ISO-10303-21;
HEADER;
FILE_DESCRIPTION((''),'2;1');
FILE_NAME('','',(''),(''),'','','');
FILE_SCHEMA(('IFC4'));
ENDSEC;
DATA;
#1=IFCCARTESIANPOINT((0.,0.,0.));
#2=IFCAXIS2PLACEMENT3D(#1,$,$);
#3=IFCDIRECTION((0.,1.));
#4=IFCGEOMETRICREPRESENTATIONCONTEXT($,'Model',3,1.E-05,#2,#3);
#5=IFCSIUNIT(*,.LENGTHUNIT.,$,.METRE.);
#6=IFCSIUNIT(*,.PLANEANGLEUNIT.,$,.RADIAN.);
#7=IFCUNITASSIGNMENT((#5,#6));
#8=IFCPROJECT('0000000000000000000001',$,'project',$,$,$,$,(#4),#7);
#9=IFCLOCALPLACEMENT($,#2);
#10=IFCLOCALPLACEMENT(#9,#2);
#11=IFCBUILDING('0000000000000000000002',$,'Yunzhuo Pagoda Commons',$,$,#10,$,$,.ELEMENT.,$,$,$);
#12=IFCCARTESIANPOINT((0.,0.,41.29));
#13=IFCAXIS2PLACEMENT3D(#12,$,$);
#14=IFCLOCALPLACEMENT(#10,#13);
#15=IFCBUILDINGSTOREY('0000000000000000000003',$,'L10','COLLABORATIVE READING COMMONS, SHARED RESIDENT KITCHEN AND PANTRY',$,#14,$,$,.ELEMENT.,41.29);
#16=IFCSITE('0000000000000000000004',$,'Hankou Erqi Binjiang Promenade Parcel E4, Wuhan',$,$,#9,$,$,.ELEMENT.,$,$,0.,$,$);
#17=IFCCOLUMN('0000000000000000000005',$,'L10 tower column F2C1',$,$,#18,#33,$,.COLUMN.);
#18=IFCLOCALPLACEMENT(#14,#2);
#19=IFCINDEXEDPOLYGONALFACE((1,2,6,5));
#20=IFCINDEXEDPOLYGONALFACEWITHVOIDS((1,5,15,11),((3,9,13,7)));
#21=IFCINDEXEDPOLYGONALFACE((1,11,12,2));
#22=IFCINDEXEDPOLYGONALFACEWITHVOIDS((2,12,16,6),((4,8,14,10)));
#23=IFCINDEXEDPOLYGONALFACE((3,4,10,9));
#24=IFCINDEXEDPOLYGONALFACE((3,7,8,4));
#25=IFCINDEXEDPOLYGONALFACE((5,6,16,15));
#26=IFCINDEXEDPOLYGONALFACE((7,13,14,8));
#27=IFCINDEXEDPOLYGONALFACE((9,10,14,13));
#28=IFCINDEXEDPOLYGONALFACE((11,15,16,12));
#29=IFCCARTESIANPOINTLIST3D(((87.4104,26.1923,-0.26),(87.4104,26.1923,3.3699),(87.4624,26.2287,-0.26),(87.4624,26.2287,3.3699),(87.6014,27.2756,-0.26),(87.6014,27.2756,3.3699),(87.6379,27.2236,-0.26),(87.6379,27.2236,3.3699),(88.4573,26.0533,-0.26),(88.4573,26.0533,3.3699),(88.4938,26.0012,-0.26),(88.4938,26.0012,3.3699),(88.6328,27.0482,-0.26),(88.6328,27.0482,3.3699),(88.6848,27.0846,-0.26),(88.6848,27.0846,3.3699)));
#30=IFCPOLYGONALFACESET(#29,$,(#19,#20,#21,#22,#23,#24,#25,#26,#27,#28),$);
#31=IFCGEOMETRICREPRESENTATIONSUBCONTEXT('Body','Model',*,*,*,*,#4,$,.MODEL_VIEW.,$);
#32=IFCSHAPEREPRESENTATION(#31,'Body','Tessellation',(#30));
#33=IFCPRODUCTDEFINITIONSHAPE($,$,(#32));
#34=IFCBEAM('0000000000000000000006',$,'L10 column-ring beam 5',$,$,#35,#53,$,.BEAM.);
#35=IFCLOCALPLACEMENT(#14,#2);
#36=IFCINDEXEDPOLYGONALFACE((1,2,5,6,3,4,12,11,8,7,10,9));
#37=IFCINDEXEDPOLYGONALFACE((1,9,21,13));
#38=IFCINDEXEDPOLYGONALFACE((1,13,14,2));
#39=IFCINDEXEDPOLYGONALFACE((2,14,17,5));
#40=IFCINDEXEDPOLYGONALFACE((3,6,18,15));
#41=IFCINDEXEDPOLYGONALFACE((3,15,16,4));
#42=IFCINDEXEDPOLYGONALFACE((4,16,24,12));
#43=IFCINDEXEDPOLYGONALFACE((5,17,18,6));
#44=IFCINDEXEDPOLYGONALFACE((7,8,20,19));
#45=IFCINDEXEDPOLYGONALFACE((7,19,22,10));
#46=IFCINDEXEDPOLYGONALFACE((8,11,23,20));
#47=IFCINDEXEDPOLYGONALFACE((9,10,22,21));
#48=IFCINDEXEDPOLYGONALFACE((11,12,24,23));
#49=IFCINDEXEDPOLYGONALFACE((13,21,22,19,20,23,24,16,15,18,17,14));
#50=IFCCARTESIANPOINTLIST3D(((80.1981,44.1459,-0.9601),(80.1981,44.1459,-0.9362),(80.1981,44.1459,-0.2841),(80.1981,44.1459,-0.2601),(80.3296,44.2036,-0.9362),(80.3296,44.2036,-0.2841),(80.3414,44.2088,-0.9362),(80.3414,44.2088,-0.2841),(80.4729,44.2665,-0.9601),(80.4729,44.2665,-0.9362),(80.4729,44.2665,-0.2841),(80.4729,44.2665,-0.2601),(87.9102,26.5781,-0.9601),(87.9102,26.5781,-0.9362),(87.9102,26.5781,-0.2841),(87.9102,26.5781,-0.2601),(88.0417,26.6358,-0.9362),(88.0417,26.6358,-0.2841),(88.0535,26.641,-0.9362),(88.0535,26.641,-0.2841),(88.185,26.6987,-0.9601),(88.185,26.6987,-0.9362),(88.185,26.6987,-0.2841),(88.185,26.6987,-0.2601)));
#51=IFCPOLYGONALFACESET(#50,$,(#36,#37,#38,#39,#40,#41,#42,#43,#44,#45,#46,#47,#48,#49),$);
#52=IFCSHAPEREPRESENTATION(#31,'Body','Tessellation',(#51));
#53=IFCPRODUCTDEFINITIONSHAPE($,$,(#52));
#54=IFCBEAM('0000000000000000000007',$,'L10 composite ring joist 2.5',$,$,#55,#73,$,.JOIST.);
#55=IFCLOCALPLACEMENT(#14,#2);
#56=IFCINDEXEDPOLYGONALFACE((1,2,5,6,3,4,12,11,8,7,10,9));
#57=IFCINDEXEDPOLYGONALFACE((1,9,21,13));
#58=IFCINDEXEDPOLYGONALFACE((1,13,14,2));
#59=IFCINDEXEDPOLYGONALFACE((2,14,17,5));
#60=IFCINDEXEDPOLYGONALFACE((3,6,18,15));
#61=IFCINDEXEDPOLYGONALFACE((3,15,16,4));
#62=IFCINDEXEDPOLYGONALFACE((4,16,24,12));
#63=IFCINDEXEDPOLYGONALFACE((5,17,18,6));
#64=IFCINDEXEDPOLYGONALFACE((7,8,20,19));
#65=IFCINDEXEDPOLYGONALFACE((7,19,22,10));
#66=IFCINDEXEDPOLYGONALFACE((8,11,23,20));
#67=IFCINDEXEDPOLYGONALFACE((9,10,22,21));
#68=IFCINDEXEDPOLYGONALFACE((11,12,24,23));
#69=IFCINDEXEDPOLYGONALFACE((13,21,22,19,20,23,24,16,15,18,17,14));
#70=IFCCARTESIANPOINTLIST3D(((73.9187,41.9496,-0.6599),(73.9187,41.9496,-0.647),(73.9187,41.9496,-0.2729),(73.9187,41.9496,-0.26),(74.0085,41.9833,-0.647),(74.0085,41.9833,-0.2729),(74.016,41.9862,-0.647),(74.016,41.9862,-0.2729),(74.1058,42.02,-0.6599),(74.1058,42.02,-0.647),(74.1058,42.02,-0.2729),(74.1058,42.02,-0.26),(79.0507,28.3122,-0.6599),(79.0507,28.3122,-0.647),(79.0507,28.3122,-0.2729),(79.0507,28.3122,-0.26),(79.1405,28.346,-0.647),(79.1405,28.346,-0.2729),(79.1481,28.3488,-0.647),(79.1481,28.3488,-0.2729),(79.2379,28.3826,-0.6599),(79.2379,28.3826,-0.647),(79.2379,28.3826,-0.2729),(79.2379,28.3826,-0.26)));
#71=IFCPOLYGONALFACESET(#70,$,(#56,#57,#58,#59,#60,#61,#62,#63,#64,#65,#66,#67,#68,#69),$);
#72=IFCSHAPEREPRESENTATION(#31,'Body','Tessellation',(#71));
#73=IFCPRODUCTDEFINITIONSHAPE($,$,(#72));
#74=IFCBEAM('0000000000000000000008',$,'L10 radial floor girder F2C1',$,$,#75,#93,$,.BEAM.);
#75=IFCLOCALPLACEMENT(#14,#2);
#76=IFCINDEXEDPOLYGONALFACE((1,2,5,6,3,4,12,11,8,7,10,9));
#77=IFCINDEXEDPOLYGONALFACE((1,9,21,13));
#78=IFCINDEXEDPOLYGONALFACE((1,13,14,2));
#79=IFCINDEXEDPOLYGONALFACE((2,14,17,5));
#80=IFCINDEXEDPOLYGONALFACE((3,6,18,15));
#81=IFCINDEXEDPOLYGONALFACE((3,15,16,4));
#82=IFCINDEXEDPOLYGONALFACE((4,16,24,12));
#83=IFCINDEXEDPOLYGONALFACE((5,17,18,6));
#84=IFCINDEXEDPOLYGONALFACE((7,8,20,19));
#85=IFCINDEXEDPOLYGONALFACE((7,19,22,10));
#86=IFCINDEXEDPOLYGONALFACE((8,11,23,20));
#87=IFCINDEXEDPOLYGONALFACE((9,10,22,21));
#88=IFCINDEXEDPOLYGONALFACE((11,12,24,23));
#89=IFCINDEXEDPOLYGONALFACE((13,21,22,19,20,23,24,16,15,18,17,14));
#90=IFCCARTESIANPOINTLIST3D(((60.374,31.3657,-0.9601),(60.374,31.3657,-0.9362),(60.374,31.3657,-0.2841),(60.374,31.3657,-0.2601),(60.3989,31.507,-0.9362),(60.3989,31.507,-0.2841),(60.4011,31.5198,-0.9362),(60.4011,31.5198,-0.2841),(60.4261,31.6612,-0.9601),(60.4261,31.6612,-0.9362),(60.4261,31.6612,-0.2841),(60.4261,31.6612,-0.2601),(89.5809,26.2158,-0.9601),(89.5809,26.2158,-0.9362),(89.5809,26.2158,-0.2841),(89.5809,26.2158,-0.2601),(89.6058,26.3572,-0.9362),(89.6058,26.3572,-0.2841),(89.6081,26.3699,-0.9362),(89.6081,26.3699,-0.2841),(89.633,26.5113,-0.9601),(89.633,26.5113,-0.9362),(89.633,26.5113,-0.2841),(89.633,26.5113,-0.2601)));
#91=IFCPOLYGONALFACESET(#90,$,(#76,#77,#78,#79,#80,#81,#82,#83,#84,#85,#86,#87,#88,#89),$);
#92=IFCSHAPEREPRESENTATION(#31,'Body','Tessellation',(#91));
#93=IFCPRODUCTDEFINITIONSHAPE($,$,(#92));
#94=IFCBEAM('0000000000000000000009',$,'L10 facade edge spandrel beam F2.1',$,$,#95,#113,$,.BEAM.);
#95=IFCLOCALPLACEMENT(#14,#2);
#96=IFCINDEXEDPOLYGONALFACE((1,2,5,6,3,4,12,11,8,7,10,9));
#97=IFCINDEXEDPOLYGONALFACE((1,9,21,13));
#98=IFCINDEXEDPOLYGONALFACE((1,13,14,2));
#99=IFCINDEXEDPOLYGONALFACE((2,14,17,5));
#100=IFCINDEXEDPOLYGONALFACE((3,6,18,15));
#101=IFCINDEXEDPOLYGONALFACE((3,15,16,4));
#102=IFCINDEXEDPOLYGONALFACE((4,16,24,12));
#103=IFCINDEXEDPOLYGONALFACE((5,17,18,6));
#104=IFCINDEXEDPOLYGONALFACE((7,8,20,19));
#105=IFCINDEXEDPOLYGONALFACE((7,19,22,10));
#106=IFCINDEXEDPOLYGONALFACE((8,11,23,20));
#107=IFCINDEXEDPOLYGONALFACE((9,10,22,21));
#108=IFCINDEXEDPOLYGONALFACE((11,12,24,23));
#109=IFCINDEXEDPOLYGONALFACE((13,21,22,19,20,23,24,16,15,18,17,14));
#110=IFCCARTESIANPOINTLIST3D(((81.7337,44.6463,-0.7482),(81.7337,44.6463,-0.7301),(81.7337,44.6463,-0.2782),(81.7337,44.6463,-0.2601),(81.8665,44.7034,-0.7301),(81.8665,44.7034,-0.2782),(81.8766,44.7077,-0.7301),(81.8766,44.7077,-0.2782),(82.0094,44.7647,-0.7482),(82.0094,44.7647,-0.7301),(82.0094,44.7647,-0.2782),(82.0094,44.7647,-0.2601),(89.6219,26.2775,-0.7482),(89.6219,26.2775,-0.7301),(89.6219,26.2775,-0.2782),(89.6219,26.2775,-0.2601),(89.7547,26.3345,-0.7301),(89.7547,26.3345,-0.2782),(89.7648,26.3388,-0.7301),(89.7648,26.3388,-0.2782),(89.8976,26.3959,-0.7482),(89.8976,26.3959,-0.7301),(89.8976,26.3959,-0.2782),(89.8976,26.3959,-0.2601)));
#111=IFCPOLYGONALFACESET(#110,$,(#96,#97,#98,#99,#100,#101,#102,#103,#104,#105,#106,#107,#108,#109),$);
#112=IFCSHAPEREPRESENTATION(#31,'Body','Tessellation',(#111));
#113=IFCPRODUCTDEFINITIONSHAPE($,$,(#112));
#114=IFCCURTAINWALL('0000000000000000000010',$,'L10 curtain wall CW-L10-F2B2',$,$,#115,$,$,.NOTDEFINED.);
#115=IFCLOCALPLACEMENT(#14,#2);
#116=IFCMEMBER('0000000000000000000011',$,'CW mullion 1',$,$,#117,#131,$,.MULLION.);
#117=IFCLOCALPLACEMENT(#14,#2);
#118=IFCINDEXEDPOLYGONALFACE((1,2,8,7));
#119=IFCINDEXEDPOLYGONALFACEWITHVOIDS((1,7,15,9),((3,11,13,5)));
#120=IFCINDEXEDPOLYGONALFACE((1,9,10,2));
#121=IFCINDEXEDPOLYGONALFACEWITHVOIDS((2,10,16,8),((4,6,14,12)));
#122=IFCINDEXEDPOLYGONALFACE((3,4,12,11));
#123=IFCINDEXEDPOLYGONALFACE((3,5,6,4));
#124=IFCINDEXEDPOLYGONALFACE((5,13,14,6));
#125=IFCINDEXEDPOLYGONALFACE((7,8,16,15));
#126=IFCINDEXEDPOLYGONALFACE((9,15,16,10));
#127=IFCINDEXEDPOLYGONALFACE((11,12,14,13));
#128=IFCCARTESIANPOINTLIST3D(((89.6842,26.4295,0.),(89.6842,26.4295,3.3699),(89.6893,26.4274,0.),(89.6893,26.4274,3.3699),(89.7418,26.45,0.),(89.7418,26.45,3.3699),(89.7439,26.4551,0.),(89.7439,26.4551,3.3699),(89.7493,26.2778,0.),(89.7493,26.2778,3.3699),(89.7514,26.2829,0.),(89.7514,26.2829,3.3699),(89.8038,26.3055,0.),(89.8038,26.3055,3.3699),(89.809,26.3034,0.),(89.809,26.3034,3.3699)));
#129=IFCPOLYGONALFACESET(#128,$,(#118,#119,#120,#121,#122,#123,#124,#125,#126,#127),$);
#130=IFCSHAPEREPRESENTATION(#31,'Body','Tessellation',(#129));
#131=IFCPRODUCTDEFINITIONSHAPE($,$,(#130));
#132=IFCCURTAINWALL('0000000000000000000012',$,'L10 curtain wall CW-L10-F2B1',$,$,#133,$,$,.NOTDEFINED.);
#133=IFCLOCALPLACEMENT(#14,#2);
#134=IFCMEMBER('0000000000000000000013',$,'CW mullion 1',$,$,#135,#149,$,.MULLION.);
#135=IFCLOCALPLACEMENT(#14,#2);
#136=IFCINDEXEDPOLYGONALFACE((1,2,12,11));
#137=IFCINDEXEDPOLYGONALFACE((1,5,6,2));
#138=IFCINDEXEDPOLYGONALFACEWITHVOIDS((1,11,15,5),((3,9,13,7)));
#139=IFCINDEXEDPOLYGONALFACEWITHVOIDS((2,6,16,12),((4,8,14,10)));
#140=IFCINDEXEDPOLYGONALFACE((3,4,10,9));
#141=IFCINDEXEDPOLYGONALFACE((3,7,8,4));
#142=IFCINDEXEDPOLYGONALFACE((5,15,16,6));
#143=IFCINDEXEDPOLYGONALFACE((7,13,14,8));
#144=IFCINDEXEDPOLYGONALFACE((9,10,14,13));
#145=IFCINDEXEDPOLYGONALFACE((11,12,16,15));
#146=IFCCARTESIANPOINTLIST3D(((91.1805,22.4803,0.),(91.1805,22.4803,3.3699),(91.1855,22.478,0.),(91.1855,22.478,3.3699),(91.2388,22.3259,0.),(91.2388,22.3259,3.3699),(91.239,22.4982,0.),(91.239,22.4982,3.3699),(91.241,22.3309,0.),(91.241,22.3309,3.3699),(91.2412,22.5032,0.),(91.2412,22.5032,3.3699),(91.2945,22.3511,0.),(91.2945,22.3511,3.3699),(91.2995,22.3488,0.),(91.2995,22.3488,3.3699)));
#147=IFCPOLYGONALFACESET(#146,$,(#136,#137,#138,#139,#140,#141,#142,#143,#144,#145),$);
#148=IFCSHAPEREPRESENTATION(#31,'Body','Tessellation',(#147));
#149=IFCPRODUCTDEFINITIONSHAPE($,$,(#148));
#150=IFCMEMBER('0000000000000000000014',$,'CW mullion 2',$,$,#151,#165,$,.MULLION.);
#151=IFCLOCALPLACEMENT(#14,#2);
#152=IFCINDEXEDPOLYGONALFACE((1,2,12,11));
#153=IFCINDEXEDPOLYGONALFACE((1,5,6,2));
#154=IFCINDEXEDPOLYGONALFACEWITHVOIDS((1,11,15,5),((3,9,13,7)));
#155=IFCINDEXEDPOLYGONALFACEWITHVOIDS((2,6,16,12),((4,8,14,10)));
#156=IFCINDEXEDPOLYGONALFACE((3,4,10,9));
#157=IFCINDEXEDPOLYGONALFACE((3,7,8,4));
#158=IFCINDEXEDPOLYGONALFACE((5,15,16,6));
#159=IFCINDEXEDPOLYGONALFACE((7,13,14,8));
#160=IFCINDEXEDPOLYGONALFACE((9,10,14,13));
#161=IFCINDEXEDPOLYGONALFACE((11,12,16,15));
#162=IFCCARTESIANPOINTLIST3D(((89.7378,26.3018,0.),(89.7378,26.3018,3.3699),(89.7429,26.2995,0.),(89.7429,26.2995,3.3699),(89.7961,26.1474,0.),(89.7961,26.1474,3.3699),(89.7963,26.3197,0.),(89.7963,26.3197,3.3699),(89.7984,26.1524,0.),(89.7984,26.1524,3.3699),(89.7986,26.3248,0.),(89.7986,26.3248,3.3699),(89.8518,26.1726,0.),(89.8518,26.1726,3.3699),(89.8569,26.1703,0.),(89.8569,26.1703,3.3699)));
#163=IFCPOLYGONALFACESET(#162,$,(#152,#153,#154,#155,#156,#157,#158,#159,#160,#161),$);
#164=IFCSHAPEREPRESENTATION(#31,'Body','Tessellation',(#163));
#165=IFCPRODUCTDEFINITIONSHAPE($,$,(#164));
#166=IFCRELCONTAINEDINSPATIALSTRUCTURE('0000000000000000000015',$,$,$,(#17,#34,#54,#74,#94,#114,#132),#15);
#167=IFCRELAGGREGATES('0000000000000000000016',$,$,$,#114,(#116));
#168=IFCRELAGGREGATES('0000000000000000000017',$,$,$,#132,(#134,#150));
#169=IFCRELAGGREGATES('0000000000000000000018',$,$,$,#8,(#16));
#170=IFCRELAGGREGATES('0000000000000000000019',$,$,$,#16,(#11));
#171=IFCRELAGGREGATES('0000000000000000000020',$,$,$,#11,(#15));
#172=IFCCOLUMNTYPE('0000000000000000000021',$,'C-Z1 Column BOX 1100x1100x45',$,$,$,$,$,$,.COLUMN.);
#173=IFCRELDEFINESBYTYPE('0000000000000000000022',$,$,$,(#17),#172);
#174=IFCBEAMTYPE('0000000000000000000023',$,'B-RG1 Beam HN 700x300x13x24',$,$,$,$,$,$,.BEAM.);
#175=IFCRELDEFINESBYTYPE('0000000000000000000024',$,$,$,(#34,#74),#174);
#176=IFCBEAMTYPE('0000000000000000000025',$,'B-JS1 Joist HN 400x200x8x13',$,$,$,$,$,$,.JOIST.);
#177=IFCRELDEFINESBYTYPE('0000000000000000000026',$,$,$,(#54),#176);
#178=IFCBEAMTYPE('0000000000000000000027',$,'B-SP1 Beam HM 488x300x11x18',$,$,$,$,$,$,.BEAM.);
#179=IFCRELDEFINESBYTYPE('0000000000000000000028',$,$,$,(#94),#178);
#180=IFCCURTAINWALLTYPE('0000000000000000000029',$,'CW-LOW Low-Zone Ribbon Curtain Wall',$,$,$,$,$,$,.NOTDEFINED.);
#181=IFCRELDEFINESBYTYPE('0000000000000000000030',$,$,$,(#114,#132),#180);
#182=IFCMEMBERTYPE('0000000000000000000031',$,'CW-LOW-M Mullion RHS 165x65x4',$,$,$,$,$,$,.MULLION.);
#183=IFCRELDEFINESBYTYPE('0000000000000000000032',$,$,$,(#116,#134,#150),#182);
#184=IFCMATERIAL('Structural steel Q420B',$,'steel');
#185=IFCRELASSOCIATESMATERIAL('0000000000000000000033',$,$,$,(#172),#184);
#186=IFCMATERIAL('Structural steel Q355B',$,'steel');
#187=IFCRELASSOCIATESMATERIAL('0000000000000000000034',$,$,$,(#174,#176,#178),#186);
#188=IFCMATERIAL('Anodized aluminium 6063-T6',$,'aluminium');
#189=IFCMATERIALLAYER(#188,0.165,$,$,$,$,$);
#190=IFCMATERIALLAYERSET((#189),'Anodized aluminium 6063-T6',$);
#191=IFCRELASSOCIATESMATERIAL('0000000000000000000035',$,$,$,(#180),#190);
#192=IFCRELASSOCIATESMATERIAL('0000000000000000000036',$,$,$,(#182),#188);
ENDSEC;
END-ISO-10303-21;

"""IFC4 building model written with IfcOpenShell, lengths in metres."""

from ifc_helpers import new_model, si_unit, direction, frame, origin, origin_2d, place, context, subcontext, project, spatial, hollow_rectangle, i_section, extrude, source, transform, mapped, material, layer, layer_set, material_profile, profile_set, type_object, element, aggregate, save


model = new_model("IFC4")

# Units and contexts
model_context = context("Model", 3, precision=1e-05, world=origin(), true_north=direction((0.0, 1.0)))
body_context = subcontext(model_context, "Body", "Model", "MODEL_VIEW")
ifc_project = project(units=[si_unit("LENGTHUNIT", "METRE"), si_unit("PLANEANGLEUNIT", "RADIAN")], contexts=[model_context])

# Site, building, storey
site_placement = place(None, origin())
site = spatial("IfcSite", under=ifc_project, at=site_placement, Name="Hankou Erqi Binjiang Promenade Parcel E4, Wuhan", CompositionType="ELEMENT", RefElevation=0.0)
building_placement = place(site_placement, origin())
building = spatial("IfcBuilding", under=site, at=building_placement, Name="Yunzhuo Pagoda Commons", CompositionType="ELEMENT")
storey_placement = place(building_placement, frame((0.0, 0.0, 41.29)))
storey = spatial("IfcBuildingStorey", under=building, at=storey_placement, Name="L10", Description="COLLABORATIVE READING COMMONS, SHARED RESIDENT KITCHEN AND PANTRY", CompositionType="ELEMENT", Elevation=41.29)

# Column
ifc_material_1 = material(Name="Structural steel Q420B", Category="steel")
ifc_material_profile_1 = material_profile(ifc_material_1, hollow_rectangle(XDim=1.1001, YDim=1.1001, WallThickness=0.0449, at=origin_2d()), Name="Structural steel Q420B")
ifc_profile_set_1 = profile_set([ifc_material_profile_1], Name="Structural steel Q420B")
column_type = type_object("IfcColumnType", Name="C-Z1 Column BOX 1100x1100x45", PredefinedType="COLUMN", material=ifc_profile_set_1)
shared_shape_1 = source(origin(), body_context, "Body", "SweptSolid", [
    extrude(hollow_rectangle(XDim=1.1001, YDim=1.1001, WallThickness=0.0449, at=origin_2d()), origin(), (0.0, 0.0, 1.0), 3.6299),
])
column_placement = place(storey_placement, frame((88.0476, 26.6384, -0.26), z_axis=(0.0, 0.0, 1.0), x_axis=(0.173648, 0.984808, 0.0)))
element("IfcColumn", 1, at=column_placement, inside=storey, type_object=column_type, Name="L10 tower column F2C1", PredefinedType="COLUMN", context=body_context, shape_type="MappedRepresentation", body=[
    mapped(shared_shape_1, transform((0.0, 0.0, 0.0), scale=1.0)),
])

# Beams
ifc_material_2 = material(Name="Structural steel Q355B", Category="steel")
ifc_material_profile_2 = material_profile(ifc_material_2, i_section(OverallWidth=0.3, OverallDepth=0.7, WebThickness=0.0129, FlangeThickness=0.0239, at=origin_2d()), Name="Structural steel Q355B")
ifc_profile_set_2 = profile_set([ifc_material_profile_2], Name="Structural steel Q355B")
beam_type_1 = type_object("IfcBeamType", Name="B-RG1 Beam HN 700x300x13x24", PredefinedType="BEAM", material=ifc_profile_set_2)
shared_shape_2 = source(origin(), body_context, "Body", "SweptSolid", [
    extrude(i_section(OverallWidth=0.3, OverallDepth=0.7, WebThickness=0.0129, FlangeThickness=0.0239, at=origin_2d()), origin(), (0.0, 0.0, 1.0), 19.186),
])
beam_1_placement = place(storey_placement, frame((88.0476, 26.6384, -0.6101), z_axis=(-0.401965, 0.915655, 0.0), x_axis=(-0.915655, -0.401965, 0.0)))
element("IfcBeam", 2, at=beam_1_placement, inside=storey, type_object=beam_type_1, Name="L10 column-ring beam 5", PredefinedType="BEAM", context=body_context, shape_type="MappedRepresentation", body=[
    mapped(shared_shape_2, transform((0.0, 0.0, 0.0), scale=1.0)),
])
ifc_material_profile_3 = material_profile(ifc_material_2, i_section(OverallWidth=0.2, OverallDepth=0.3999, WebThickness=0.0081, FlangeThickness=0.0129, at=origin_2d()), Name="Structural steel Q355B")
ifc_profile_set_3 = profile_set([ifc_material_profile_3], Name="Structural steel Q355B")
beam_type_2 = type_object("IfcBeamType", Name="B-JS1 Joist HN 400x200x8x13", PredefinedType="JOIST", material=ifc_profile_set_3)
shared_shape_3 = source(origin(), body_context, "Body", "SweptSolid", [
    extrude(i_section(OverallWidth=0.2, OverallDepth=0.3999, WebThickness=0.0081, FlangeThickness=0.0129, at=origin_2d()), origin(), (0.0, 0.0, 1.0), 14.571),
])
beam_2_placement = place(storey_placement, frame((79.1443, 28.3474, -0.46), z_axis=(-0.352208, 0.935922, 0.0), x_axis=(-0.935922, -0.352208, 0.0)))
element("IfcBeam", 3, at=beam_2_placement, inside=storey, type_object=beam_type_2, Name="L10 composite ring joist 2.5", PredefinedType="JOIST", context=body_context, shape_type="MappedRepresentation", body=[
    mapped(shared_shape_3, transform((0.0, 0.0, 0.0), scale=1.0)),
])
shared_shape_4 = source(origin(), body_context, "Body", "SweptSolid", [
    extrude(i_section(OverallWidth=0.3, OverallDepth=0.7, WebThickness=0.0129, FlangeThickness=0.0239, at=origin_2d()), origin(), (0.0, 0.0, 1.0), 29.6575),
])
beam_3_placement = place(storey_placement, frame((89.6069, 26.3635, -0.6101), z_axis=(-0.984808, 0.173645, 0.0), x_axis=(-0.173645, -0.984808, 0.0)))
element("IfcBeam", 4, at=beam_3_placement, inside=storey, type_object=beam_type_1, Name="L10 radial floor girder F2C1", PredefinedType="BEAM", context=body_context, shape_type="MappedRepresentation", body=[
    mapped(shared_shape_4, transform((0.0, 0.0, 0.0), scale=1.0)),
])
ifc_material_profile_4 = material_profile(ifc_material_2, i_section(OverallWidth=0.3, OverallDepth=0.488, WebThickness=0.011, FlangeThickness=0.0181, at=origin_2d()), Name="Structural steel Q355B")
ifc_profile_set_4 = profile_set([ifc_material_profile_4], Name="Structural steel Q355B")
beam_type_3 = type_object("IfcBeamType", Name="B-SP1 Beam HM 488x300x11x18", PredefinedType="BEAM", material=ifc_profile_set_4)
shared_shape_5 = source(origin(), body_context, "Body", "SweptSolid", [
    extrude(i_section(OverallWidth=0.3, OverallDepth=0.488, WebThickness=0.011, FlangeThickness=0.0181, at=origin_2d()), origin(), (0.0, 0.0, 1.0), 19.991),
])
beam_4_placement = place(storey_placement, frame((89.7598, 26.3367, -0.5042), z_axis=(-0.394587, 0.918859, 0.0), x_axis=(-0.918859, -0.394587, 0.0)))
element("IfcBeam", 5, at=beam_4_placement, inside=storey, type_object=beam_type_3, Name="L10 facade edge spandrel beam F2.1", PredefinedType="BEAM", context=body_context, shape_type="MappedRepresentation", body=[
    mapped(shared_shape_5, transform((0.0, 0.0, 0.0), scale=1.0)),
])

# Curtain wall, member
ifc_material_3 = material(Name="Anodized aluminium 6063-T6", Category="aluminium")
ifc_layer_1 = layer(ifc_material_3, 0.165)
ifc_layer_set_1 = layer_set([ifc_layer_1], Name="Anodized aluminium 6063-T6")
curtain_wall_type_1 = type_object("IfcCurtainWallType", Name="CW-LOW Low-Zone Ribbon Curtain Wall", PredefinedType="NOTDEFINED", material=ifc_layer_set_1)
curtain_wall_1_placement = place(storey_placement, origin())
curtain_wall_1 = element("IfcCurtainWall", 6, at=curtain_wall_1_placement, inside=storey, type_object=curtain_wall_type_1, Name="L10 curtain wall CW-L10-F2B2", PredefinedType="NOTDEFINED")
ifc_material_profile_5 = material_profile(ifc_material_3, hollow_rectangle(XDim=0.0649, YDim=0.165, WallThickness=0.0039, at=origin_2d()), Name="Anodized aluminium 6063-T6")
ifc_profile_set_5 = profile_set([ifc_material_profile_5], Name="Anodized aluminium 6063-T6")
member_type_1 = type_object("IfcMemberType", Name="CW-LOW-M Mullion RHS 165x65x4", PredefinedType="MULLION", material=ifc_profile_set_5)
shared_shape_6 = source(origin(), body_context, "Body", "SweptSolid", [
    extrude(hollow_rectangle(XDim=0.0649, YDim=0.165, WallThickness=0.0039, at=origin_2d()), origin(), (0.0, 0.0, 1.0), 3.3699),
])
member_1_placement = place(storey_placement, frame((89.7466, 26.3665, 0.0), z_axis=(0.0, 0.0, 1.0), x_axis=(-0.918866, -0.394571, 0.0)))
member_1 = element("IfcMember", 7, at=member_1_placement, type_object=member_type_1, Name="CW mullion 1", PredefinedType="MULLION", context=body_context, shape_type="MappedRepresentation", body=[
    mapped(shared_shape_6, transform((0.0, 0.0, 0.0), scale=1.0)),
])

# Curtain wall, members
curtain_wall_2_placement = place(storey_placement, origin())
curtain_wall_2 = element("IfcCurtainWall", 8, at=curtain_wall_2_placement, inside=storey, type_object=curtain_wall_type_1, Name="L10 curtain wall CW-L10-F2B1", PredefinedType="NOTDEFINED")
member_2_placement = place(storey_placement, frame((91.24, 22.4146, 0.0), z_axis=(0.0, 0.0, 1.0), x_axis=(-0.935566, -0.353151, 0.0)))
member_2 = element("IfcMember", 9, at=member_2_placement, type_object=member_type_1, Name="CW mullion 1", PredefinedType="MULLION", context=body_context, shape_type="MappedRepresentation", body=[
    mapped(shared_shape_6, transform((0.0, 0.0, 0.0), scale=1.0)),
])
member_3_placement = place(storey_placement, frame((89.7974, 26.2361, 0.0), z_axis=(0.0, 0.0, 1.0), x_axis=(-0.935566, -0.353151, 0.0)))
member_3 = element("IfcMember", 10, at=member_3_placement, type_object=member_type_1, Name="CW mullion 2", PredefinedType="MULLION", context=body_context, shape_type="MappedRepresentation", body=[
    mapped(shared_shape_6, transform((0.0, 0.0, 0.0), scale=1.0)),
])

aggregate(curtain_wall_1, [member_1])
aggregate(curtain_wall_2, [member_2, member_3])

save(model, "model.ifc")
